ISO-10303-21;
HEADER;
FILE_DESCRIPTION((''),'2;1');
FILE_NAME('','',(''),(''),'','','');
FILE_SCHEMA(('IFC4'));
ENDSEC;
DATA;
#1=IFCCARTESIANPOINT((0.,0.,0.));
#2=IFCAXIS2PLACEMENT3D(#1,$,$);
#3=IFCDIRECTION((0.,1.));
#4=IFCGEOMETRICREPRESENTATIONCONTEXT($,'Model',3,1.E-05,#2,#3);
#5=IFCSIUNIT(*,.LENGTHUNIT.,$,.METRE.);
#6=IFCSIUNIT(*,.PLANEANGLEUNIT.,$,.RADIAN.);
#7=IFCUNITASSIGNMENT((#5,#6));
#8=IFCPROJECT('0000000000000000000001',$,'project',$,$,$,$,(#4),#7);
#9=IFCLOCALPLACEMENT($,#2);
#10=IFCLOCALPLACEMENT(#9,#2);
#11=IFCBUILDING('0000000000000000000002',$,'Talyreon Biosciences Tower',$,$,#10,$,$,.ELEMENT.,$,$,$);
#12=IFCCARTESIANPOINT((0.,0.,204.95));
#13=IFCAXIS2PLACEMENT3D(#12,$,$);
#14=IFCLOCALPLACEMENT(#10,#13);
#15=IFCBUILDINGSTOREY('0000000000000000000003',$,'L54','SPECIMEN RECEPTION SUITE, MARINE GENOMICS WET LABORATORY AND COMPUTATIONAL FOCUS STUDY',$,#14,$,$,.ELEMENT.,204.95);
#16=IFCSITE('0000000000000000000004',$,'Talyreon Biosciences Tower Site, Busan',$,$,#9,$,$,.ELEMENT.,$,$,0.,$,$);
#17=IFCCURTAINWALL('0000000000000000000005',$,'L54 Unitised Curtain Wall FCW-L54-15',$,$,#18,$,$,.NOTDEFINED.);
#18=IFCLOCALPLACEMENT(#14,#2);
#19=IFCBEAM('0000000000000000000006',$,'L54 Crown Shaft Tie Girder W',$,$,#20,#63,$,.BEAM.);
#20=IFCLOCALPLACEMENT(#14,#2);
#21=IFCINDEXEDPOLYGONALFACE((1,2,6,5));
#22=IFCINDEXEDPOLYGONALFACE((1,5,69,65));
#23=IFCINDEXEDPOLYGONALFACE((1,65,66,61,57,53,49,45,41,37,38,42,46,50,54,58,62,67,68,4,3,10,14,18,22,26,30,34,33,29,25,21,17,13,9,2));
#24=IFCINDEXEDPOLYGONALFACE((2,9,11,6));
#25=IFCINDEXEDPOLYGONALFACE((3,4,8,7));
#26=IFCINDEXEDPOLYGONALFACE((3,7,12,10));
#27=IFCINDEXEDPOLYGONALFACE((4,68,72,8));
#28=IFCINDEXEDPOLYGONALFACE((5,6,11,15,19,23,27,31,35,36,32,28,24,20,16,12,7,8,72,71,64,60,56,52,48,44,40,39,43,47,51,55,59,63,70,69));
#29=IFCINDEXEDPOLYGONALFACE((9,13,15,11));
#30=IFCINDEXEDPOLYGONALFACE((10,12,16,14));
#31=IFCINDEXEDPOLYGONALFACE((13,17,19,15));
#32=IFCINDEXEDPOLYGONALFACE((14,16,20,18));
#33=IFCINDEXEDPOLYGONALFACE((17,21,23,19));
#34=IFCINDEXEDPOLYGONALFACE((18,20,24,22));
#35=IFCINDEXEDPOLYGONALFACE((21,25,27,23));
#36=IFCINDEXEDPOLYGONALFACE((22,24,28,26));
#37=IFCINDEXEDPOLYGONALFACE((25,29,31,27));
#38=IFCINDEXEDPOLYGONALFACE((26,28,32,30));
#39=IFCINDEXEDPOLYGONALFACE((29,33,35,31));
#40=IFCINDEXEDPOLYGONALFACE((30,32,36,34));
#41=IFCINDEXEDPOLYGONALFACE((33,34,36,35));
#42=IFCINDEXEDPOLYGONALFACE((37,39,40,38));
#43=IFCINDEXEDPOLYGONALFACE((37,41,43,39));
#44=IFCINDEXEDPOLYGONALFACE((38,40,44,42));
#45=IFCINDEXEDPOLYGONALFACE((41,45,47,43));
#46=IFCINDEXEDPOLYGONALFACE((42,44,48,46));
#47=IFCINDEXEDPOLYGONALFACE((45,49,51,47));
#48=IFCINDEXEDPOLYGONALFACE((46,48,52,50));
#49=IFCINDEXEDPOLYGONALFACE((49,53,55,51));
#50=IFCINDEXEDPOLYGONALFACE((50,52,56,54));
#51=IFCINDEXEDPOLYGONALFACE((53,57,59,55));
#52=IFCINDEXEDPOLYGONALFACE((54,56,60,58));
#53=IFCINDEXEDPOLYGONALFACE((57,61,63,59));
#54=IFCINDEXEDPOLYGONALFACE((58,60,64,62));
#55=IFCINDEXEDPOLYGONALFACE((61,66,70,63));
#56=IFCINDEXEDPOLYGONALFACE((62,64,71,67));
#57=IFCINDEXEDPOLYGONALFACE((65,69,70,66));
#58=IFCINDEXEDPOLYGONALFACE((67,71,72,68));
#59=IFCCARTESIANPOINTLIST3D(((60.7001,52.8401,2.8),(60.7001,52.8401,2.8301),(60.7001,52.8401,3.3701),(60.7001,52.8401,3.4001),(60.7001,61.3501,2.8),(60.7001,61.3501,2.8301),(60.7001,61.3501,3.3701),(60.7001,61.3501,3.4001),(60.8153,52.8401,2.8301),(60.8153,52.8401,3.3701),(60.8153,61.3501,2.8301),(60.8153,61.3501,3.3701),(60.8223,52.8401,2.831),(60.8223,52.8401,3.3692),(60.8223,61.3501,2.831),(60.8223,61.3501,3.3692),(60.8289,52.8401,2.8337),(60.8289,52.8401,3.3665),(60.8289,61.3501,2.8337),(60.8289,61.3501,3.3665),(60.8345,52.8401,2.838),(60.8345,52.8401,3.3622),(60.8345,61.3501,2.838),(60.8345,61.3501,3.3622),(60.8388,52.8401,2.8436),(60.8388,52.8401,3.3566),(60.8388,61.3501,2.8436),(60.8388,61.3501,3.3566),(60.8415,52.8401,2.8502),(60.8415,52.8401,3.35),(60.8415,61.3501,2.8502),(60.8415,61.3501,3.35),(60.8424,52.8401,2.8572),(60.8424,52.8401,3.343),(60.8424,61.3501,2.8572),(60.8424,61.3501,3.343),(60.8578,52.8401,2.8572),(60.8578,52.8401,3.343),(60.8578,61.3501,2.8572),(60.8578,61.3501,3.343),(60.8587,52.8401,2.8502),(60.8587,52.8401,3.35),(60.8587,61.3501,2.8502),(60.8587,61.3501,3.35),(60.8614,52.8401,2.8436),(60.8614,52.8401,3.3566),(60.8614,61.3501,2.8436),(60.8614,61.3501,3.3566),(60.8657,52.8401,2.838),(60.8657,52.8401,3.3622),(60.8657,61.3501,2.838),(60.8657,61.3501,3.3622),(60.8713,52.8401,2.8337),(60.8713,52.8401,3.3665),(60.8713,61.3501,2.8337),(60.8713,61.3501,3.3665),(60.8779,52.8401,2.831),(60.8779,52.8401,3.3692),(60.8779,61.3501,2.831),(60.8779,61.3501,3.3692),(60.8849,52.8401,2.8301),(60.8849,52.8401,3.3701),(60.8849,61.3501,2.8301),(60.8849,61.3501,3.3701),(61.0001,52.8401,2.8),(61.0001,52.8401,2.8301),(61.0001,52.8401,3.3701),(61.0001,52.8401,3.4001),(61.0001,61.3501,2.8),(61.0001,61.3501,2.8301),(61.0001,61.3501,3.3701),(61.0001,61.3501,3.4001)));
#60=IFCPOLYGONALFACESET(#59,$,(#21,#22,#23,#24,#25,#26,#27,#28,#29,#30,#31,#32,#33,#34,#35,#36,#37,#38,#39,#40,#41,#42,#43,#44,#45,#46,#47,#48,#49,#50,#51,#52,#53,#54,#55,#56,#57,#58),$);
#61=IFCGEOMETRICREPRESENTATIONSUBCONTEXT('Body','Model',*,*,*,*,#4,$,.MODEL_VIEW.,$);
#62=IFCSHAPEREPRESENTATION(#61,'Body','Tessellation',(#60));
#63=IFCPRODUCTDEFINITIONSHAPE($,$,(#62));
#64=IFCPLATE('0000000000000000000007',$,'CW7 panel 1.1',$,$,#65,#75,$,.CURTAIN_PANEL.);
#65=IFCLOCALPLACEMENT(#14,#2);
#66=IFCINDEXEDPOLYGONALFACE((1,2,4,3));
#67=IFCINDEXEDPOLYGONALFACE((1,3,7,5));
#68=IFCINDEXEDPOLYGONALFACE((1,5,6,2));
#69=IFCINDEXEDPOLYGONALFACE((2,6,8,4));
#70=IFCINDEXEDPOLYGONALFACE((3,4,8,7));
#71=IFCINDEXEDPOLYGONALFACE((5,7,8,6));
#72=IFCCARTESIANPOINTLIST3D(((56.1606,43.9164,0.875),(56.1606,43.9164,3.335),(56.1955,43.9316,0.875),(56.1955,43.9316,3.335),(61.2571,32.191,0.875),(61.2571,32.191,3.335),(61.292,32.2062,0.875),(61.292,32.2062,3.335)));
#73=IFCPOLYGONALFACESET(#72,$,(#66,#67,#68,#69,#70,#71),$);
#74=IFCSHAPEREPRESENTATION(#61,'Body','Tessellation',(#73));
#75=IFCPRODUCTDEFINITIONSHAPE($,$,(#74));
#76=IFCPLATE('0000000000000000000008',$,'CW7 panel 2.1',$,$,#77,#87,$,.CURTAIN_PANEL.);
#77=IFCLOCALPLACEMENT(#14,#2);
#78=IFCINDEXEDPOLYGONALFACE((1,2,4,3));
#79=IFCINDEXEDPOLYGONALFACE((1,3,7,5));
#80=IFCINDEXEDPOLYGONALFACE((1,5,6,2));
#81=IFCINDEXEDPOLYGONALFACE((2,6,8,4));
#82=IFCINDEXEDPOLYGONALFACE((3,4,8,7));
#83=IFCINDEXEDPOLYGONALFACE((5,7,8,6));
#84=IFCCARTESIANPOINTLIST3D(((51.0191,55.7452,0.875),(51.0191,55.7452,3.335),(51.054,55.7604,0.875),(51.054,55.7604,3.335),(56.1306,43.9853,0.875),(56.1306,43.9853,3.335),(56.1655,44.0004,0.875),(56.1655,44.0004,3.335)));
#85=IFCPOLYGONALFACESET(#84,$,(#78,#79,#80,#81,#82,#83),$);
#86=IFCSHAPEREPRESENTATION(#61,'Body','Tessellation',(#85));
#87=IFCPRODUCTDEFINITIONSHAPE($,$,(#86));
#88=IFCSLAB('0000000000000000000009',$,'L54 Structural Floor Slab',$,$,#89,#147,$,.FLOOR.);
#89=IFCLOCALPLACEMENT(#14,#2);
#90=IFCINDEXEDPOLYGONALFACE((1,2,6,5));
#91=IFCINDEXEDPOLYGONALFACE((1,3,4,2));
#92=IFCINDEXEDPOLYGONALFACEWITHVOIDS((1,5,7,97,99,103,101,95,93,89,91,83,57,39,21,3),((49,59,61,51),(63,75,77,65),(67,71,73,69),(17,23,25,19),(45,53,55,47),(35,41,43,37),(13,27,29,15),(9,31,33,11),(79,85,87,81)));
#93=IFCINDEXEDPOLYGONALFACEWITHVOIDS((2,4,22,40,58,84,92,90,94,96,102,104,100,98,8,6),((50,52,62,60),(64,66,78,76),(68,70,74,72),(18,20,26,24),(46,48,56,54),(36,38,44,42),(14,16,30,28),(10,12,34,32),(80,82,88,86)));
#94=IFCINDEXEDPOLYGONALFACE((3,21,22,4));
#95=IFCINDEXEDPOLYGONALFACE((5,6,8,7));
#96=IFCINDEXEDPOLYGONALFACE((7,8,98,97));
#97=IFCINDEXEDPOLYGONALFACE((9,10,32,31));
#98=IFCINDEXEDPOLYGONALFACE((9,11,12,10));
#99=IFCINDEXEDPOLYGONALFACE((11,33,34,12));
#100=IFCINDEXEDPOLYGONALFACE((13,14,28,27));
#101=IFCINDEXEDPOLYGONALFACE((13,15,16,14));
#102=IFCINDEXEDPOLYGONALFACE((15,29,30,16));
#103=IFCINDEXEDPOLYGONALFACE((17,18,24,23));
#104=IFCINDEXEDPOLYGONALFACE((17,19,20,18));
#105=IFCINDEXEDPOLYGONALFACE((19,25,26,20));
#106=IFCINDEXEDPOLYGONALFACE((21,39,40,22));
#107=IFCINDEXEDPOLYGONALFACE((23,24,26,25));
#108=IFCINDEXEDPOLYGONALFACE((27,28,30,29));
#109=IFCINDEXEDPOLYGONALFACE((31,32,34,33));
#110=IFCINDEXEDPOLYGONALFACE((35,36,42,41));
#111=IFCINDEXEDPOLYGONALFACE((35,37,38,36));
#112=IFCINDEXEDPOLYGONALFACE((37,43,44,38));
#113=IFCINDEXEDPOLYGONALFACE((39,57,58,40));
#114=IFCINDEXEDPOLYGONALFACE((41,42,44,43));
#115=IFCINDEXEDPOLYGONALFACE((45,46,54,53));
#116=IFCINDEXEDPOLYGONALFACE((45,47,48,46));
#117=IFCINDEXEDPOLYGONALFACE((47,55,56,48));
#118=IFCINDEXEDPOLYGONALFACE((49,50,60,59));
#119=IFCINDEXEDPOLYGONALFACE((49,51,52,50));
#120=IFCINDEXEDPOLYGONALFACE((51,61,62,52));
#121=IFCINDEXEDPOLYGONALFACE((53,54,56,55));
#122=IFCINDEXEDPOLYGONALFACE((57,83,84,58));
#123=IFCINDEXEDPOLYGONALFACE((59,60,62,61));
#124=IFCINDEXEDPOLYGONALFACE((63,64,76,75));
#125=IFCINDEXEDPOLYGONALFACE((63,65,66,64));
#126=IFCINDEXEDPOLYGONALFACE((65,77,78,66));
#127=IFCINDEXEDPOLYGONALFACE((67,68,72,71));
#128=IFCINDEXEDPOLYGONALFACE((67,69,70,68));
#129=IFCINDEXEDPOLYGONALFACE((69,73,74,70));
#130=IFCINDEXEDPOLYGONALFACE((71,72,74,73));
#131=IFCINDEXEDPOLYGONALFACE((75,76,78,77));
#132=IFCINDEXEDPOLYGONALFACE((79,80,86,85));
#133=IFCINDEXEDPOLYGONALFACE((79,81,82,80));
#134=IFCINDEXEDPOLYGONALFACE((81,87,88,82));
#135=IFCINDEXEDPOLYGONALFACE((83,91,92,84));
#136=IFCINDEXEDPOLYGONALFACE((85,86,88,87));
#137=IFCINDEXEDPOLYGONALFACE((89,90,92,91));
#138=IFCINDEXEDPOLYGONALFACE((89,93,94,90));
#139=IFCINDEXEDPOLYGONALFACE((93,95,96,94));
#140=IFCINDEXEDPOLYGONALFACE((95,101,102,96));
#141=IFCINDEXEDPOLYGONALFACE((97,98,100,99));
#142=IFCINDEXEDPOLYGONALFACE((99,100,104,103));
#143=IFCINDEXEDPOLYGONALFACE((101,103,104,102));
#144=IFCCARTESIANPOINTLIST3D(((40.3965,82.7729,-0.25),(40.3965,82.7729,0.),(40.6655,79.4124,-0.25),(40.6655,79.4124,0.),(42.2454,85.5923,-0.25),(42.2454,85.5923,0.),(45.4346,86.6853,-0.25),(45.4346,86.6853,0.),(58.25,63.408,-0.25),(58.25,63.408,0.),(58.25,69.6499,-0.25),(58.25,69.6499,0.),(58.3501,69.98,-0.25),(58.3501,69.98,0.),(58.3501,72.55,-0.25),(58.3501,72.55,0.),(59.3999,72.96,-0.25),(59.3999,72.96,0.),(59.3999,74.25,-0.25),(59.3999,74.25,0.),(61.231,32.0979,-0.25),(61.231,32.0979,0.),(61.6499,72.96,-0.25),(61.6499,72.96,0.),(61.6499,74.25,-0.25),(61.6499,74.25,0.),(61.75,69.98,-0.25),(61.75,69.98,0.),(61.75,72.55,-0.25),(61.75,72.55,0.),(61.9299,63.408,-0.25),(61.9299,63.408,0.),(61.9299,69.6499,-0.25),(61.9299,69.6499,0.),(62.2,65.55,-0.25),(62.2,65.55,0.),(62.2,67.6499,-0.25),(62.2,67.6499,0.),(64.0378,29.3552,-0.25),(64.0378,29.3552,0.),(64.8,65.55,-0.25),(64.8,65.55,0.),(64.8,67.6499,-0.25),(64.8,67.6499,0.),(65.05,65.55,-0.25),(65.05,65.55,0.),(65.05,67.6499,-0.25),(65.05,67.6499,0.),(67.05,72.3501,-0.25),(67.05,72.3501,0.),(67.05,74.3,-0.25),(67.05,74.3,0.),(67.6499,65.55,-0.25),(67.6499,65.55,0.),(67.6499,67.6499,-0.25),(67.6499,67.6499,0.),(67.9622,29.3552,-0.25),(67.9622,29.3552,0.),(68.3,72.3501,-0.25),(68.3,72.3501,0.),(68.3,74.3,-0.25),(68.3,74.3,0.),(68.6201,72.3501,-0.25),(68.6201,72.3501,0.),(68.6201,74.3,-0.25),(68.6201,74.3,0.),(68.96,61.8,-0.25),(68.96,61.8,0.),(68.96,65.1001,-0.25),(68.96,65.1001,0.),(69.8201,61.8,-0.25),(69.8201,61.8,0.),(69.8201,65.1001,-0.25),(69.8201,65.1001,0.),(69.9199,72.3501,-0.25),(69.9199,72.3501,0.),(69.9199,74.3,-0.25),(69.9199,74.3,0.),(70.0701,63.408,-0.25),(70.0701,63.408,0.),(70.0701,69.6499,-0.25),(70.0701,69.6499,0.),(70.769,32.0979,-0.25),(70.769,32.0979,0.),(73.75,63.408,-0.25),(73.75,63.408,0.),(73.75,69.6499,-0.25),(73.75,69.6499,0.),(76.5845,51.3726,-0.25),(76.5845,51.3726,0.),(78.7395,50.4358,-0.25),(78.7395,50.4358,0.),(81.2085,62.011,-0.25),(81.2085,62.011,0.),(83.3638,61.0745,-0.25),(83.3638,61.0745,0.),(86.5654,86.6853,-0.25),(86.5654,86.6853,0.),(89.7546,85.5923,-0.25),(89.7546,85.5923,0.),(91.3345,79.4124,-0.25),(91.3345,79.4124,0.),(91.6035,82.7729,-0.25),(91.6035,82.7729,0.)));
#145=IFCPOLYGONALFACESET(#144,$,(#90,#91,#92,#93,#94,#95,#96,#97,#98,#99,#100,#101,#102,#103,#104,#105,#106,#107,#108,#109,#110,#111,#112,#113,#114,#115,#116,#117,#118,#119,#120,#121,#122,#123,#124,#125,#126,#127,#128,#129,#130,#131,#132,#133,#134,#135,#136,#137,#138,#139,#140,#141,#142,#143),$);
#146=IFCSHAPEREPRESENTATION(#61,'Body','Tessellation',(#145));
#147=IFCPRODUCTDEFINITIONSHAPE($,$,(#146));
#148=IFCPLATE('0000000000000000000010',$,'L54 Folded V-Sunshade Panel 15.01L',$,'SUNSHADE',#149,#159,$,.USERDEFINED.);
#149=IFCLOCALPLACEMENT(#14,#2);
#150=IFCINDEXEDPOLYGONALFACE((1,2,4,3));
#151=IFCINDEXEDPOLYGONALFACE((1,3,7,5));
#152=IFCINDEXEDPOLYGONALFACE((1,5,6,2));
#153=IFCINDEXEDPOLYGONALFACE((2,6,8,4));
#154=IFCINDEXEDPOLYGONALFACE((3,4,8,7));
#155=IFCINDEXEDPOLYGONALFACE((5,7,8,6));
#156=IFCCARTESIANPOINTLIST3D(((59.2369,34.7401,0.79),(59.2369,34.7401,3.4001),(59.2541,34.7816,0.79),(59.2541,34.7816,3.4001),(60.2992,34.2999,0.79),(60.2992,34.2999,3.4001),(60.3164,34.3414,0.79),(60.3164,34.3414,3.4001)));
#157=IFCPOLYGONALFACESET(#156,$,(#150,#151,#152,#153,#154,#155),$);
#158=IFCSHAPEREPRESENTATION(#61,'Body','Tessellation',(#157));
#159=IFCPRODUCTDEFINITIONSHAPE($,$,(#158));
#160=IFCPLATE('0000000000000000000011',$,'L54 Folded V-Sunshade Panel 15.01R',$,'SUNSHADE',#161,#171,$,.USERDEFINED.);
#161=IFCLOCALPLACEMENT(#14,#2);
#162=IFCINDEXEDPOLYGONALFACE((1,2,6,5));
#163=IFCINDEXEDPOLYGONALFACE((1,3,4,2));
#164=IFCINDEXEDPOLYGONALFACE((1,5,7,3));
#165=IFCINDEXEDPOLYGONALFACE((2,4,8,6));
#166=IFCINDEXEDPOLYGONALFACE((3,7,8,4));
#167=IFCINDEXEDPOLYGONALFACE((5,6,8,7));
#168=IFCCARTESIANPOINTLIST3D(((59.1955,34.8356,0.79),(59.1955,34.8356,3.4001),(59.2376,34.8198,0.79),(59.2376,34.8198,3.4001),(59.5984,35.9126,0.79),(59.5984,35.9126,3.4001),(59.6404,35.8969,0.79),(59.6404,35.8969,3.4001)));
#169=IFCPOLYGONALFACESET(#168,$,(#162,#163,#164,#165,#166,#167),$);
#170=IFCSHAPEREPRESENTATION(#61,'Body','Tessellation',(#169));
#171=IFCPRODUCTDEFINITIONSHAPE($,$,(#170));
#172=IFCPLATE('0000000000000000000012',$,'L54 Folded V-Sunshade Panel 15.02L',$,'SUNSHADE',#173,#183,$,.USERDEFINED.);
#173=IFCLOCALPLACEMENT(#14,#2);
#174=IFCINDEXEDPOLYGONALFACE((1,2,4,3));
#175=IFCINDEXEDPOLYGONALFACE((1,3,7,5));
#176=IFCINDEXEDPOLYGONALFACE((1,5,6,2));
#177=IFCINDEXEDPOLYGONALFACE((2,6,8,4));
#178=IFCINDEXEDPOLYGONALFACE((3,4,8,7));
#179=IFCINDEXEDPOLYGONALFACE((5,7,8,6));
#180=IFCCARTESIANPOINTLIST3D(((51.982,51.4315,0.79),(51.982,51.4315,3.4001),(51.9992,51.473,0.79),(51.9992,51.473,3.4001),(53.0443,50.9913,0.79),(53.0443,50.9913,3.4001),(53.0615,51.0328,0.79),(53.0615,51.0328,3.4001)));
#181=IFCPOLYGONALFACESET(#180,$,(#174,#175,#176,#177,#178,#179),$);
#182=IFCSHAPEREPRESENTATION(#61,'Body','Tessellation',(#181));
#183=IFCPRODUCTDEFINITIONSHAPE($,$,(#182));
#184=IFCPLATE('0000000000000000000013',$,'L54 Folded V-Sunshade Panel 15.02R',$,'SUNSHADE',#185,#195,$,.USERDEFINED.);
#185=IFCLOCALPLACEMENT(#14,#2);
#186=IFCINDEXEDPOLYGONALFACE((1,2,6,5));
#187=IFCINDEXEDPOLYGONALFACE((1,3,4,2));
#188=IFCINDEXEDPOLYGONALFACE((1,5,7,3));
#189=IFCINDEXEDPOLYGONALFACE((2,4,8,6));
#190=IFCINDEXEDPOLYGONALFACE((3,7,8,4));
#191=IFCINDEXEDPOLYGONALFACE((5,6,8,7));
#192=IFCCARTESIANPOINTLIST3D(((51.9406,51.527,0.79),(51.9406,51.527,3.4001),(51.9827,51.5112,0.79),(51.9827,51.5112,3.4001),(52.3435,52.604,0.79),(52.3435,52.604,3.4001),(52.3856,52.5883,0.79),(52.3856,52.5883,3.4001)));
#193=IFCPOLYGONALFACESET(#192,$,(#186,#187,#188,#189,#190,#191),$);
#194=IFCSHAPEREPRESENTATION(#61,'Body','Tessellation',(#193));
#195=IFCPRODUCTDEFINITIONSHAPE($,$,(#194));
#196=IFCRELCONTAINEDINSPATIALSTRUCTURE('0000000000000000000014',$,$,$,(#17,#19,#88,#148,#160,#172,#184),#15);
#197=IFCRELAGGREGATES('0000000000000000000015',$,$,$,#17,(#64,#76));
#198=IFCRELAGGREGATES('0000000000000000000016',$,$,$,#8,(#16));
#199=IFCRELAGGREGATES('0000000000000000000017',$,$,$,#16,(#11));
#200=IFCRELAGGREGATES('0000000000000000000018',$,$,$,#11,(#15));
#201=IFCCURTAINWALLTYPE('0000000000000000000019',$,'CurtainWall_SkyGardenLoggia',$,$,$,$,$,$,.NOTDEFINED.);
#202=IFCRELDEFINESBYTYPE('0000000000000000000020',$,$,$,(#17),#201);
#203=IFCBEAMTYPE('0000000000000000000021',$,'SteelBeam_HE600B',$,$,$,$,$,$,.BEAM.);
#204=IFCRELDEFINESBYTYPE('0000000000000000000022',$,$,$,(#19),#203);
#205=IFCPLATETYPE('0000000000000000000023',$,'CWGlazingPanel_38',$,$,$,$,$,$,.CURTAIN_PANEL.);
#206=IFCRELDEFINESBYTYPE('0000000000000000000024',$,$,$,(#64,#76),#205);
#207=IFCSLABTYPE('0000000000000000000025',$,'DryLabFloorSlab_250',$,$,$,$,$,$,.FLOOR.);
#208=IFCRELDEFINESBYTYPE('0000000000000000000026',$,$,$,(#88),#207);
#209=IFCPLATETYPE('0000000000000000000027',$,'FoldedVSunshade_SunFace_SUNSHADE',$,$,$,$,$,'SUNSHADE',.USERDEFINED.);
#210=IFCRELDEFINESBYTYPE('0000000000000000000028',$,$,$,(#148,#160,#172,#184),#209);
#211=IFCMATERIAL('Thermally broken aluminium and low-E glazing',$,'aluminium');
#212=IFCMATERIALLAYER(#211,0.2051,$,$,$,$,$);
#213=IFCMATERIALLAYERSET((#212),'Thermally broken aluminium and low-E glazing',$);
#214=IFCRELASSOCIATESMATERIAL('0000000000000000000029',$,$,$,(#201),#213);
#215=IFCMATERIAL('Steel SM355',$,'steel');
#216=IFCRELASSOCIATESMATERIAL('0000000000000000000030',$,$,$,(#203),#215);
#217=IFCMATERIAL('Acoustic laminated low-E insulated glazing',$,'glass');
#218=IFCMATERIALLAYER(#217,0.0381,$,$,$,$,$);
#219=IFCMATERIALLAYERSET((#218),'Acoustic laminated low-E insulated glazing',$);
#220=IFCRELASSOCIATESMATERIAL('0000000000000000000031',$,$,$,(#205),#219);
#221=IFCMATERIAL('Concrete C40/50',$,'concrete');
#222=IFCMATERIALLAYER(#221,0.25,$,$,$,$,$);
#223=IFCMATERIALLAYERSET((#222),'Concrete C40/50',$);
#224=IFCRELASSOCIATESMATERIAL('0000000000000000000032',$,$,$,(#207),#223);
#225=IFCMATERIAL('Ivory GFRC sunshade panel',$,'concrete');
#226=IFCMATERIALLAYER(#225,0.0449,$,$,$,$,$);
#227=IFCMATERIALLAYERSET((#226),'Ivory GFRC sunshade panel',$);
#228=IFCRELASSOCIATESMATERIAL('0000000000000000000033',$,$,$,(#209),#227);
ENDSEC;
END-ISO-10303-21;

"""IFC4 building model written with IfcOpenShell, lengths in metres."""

from ifc_helpers import new_model, si_unit, direction, frame, origin, origin_2d, place, context, subcontext, project, spatial, polyline, rectangle, i_section, outline, extrude, material, layer, layer_set, material_profile, profile_set, type_object, element, aggregate, save


model = new_model("IFC4")

# Units and contexts
model_context = context("Model", 3, precision=1e-05, world=origin(), true_north=direction((0.0, 1.0)))
body_context = subcontext(model_context, "Body", "Model", "MODEL_VIEW")
ifc_project = project(units=[si_unit("LENGTHUNIT", "METRE"), si_unit("PLANEANGLEUNIT", "RADIAN")], contexts=[model_context])

# Site, building, storey
site_placement = place(None, origin())
site = spatial("IfcSite", under=ifc_project, at=site_placement, Name="Talyreon Biosciences Tower Site, Busan", CompositionType="ELEMENT", RefElevation=0.0)
building_placement = place(site_placement, origin())
building = spatial("IfcBuilding", under=site, at=building_placement, Name="Talyreon Biosciences Tower", CompositionType="ELEMENT")
storey_placement = place(building_placement, frame((0.0, 0.0, 204.95)))
storey = spatial("IfcBuildingStorey", under=building, at=storey_placement, Name="L54", Description="SPECIMEN RECEPTION SUITE, MARINE GENOMICS WET LABORATORY AND COMPUTATIONAL FOCUS STUDY", CompositionType="ELEMENT", Elevation=204.95)

# Curtain wall
ifc_material_1 = material(Name="Thermally broken aluminium and low-E glazing", Category="aluminium")
ifc_layer_1 = layer(ifc_material_1, 0.2051)
ifc_layer_set_1 = layer_set([ifc_layer_1], Name="Thermally broken aluminium and low-E glazing")
curtain_wall_type = type_object("IfcCurtainWallType", Name="CurtainWall_SkyGardenLoggia", PredefinedType="NOTDEFINED", material=ifc_layer_set_1)
curtain_wall_placement = place(storey_placement, origin())
curtain_wall = element("IfcCurtainWall", 1, at=curtain_wall_placement, inside=storey, type_object=curtain_wall_type, Name="L54 Unitised Curtain Wall FCW-L54-15", PredefinedType="NOTDEFINED")

# Beam
ifc_material_2 = material(Name="Steel SM355", Category="steel")
ifc_material_profile_1 = material_profile(ifc_material_2, i_section(OverallWidth=0.3, OverallDepth=0.6001, WebThickness=0.0154, FlangeThickness=0.03, FilletRadius=0.0271, at=origin_2d()), Name="HE600B")
ifc_profile_set_1 = profile_set([ifc_material_profile_1], Name="Steel SM355")
beam_type_1 = type_object("IfcBeamType", Name="SteelBeam_HE600B", PredefinedType="BEAM", material=ifc_profile_set_1)
beam_1_placement = place(storey_placement, frame((60.8501, 52.8401, 3.1001), z_axis=(0.0, 1.0, 0.0), x_axis=(-1.0, 0.0, 0.0)))
element("IfcBeam", 2, at=beam_1_placement, inside=storey, type_object=beam_type_1, Name="L54 Crown Shaft Tie Girder W", PredefinedType="BEAM", context=body_context, shape_type="SweptSolid", body=[
    extrude(i_section(OverallWidth=0.3, OverallDepth=0.6001, WebThickness=0.0154, FlangeThickness=0.03, FilletRadius=0.0271, at=origin_2d()), origin(), (0.0, 0.0, 1.0), 8.51),
])

# Plates
ifc_material_3 = material(Name="Acoustic laminated low-E insulated glazing", Category="glass")
ifc_layer_2 = layer(ifc_material_3, 0.0381)
ifc_layer_set_2 = layer_set([ifc_layer_2], Name="Acoustic laminated low-E insulated glazing")
plate_type_1 = type_object("IfcPlateType", Name="CWGlazingPanel_38", PredefinedType="CURTAIN_PANEL", material=ifc_layer_set_2)
plate_1_placement = place(storey_placement, frame((58.7263, 38.0613, 0.875), z_axis=(0.0, 0.0, 1.0), x_axis=(-0.398626, 0.917113, 0.0)))
plate_1 = element("IfcPlate", 3, at=plate_1_placement, type_object=plate_type_1, Name="CW7 panel 1.1", PredefinedType="CURTAIN_PANEL", context=body_context, shape_type="SweptSolid", body=[
    extrude(rectangle(XDim=12.7852, YDim=0.0381, at=origin_2d()), origin(), (0.0, 0.0, 1.0), 2.46),
])
plate_2_placement = place(storey_placement, frame((53.5923, 49.8728, 0.875), z_axis=(0.0, 0.0, 1.0), x_axis=(-0.398626, 0.917113, 0.0)))
plate_2 = element("IfcPlate", 4, at=plate_2_placement, type_object=plate_type_1, Name="CW7 panel 2.1", PredefinedType="CURTAIN_PANEL", context=body_context, shape_type="SweptSolid", body=[
    extrude(rectangle(XDim=12.8228, YDim=0.0381, at=origin_2d()), origin(), (0.0, 0.0, 1.0), 2.46),
])
aggregate(curtain_wall, [plate_1, plate_2])

# Slab
ifc_material_4 = material(Name="Concrete C40/50", Category="concrete")
ifc_layer_3 = layer(ifc_material_4, 0.25)
ifc_layer_set_3 = layer_set([ifc_layer_3], Name="Concrete C40/50")
slab_type_1 = type_object("IfcSlabType", Name="DryLabFloorSlab_250", PredefinedType="FLOOR", material=ifc_layer_set_3)
slab_1_placement = place(storey_placement, frame((0.0, 0.0, -0.25)))
element("IfcSlab", 5, at=slab_1_placement, inside=storey, type_object=slab_type_1, Name="L54 Structural Floor Slab", PredefinedType="FLOOR", context=body_context, shape_type="SweptSolid", body=[
    extrude(outline(polyline([(40.6655, 79.4124), (40.3965, 82.7729), (42.2454, 85.5923), (45.4346, 86.6853), (86.5654, 86.6853), (89.7546, 85.5923), (91.6035, 82.7729), (91.3345, 79.4124), (83.3638, 61.0745), (81.2085, 62.011), (76.5845, 51.3726), (78.7395, 50.4358), (70.769, 32.0979), (67.9622, 29.3552), (64.0378, 29.3552), (61.231, 32.0979), (40.6655, 79.4124)]), holes=[polyline([(69.8201, 65.1001), (69.8201, 61.8), (68.96, 61.8), (68.96, 65.1001), (69.8201, 65.1001)]), polyline([(61.9299, 69.6499), (61.9299, 63.408), (58.25, 63.408), (58.25, 69.6499), (61.9299, 69.6499)]), polyline([(73.75, 69.6499), (73.75, 63.408), (70.0701, 63.408), (70.0701, 69.6499), (73.75, 69.6499)]), polyline([(64.8, 67.6499), (64.8, 65.55), (62.2, 65.55), (62.2, 67.6499), (64.8, 67.6499)]), polyline([(67.6499, 67.6499), (67.6499, 65.55), (65.05, 65.55), (65.05, 67.6499), (67.6499, 67.6499)]), polyline([(61.75, 72.55), (61.75, 69.98), (58.3501, 69.98), (58.3501, 72.55), (61.75, 72.55)]), polyline([(68.3, 74.3), (68.3, 72.3501), (67.05, 72.3501), (67.05, 74.3), (68.3, 74.3)]), polyline([(69.9199, 72.3501), (68.6201, 72.3501), (68.6201, 74.3), (69.9199, 74.3), (69.9199, 72.3501)]), polyline([(61.6499, 72.96), (59.3999, 72.96), (59.3999, 74.25), (61.6499, 74.25), (61.6499, 72.96)])]), origin(), (0.0, 0.0, 1.0), 0.25),
])

# Plates
ifc_material_5 = material(Name="Ivory GFRC sunshade panel", Category="concrete")
ifc_layer_4 = layer(ifc_material_5, 0.0449)
ifc_layer_set_4 = layer_set([ifc_layer_4], Name="Ivory GFRC sunshade panel")
plate_type_2 = type_object("IfcPlateType", Name="FoldedVSunshade_SunFace_SUNSHADE", ElementType="SUNSHADE", PredefinedType="USERDEFINED", material=ifc_layer_set_4)
for number, where, z_axis, x_axis, name in (
    (6, (59.7766, 34.5408, 0.79), (0.0, 0.0, 1.0), (-0.923826, 0.382812, 0.0), "L54 Folded V-Sunshade Panel 15.01L"),
    (7, (59.418, 35.3662, 0.79), (0.0, 0.0, 1.0), (0.350338, 0.936623, 0.0), "L54 Folded V-Sunshade Panel 15.01R"),
    (8, (52.5217, 51.2322, 0.79), (0.0, 0.0, 1.0), (-0.923826, 0.382812, 0.0), "L54 Folded V-Sunshade Panel 15.02L"),
    (9, (52.1631, 52.0576, 0.79), (0.0, 0.0, 1.0), (0.350338, 0.936623, 0.0), "L54 Folded V-Sunshade Panel 15.02R"),
):
    element("IfcPlate", number, at=place(storey_placement, frame(where, z_axis=z_axis, x_axis=x_axis)), inside=storey, type_object=plate_type_2, Name=name, ObjectType="SUNSHADE", PredefinedType="USERDEFINED", context=body_context, shape_type="SweptSolid", body=[
        extrude(rectangle(XDim=1.1499, YDim=0.0449, at=origin_2d()), origin(), (0.0, 0.0, 1.0), 2.6101),
    ])

save(model, "model.ifc")
